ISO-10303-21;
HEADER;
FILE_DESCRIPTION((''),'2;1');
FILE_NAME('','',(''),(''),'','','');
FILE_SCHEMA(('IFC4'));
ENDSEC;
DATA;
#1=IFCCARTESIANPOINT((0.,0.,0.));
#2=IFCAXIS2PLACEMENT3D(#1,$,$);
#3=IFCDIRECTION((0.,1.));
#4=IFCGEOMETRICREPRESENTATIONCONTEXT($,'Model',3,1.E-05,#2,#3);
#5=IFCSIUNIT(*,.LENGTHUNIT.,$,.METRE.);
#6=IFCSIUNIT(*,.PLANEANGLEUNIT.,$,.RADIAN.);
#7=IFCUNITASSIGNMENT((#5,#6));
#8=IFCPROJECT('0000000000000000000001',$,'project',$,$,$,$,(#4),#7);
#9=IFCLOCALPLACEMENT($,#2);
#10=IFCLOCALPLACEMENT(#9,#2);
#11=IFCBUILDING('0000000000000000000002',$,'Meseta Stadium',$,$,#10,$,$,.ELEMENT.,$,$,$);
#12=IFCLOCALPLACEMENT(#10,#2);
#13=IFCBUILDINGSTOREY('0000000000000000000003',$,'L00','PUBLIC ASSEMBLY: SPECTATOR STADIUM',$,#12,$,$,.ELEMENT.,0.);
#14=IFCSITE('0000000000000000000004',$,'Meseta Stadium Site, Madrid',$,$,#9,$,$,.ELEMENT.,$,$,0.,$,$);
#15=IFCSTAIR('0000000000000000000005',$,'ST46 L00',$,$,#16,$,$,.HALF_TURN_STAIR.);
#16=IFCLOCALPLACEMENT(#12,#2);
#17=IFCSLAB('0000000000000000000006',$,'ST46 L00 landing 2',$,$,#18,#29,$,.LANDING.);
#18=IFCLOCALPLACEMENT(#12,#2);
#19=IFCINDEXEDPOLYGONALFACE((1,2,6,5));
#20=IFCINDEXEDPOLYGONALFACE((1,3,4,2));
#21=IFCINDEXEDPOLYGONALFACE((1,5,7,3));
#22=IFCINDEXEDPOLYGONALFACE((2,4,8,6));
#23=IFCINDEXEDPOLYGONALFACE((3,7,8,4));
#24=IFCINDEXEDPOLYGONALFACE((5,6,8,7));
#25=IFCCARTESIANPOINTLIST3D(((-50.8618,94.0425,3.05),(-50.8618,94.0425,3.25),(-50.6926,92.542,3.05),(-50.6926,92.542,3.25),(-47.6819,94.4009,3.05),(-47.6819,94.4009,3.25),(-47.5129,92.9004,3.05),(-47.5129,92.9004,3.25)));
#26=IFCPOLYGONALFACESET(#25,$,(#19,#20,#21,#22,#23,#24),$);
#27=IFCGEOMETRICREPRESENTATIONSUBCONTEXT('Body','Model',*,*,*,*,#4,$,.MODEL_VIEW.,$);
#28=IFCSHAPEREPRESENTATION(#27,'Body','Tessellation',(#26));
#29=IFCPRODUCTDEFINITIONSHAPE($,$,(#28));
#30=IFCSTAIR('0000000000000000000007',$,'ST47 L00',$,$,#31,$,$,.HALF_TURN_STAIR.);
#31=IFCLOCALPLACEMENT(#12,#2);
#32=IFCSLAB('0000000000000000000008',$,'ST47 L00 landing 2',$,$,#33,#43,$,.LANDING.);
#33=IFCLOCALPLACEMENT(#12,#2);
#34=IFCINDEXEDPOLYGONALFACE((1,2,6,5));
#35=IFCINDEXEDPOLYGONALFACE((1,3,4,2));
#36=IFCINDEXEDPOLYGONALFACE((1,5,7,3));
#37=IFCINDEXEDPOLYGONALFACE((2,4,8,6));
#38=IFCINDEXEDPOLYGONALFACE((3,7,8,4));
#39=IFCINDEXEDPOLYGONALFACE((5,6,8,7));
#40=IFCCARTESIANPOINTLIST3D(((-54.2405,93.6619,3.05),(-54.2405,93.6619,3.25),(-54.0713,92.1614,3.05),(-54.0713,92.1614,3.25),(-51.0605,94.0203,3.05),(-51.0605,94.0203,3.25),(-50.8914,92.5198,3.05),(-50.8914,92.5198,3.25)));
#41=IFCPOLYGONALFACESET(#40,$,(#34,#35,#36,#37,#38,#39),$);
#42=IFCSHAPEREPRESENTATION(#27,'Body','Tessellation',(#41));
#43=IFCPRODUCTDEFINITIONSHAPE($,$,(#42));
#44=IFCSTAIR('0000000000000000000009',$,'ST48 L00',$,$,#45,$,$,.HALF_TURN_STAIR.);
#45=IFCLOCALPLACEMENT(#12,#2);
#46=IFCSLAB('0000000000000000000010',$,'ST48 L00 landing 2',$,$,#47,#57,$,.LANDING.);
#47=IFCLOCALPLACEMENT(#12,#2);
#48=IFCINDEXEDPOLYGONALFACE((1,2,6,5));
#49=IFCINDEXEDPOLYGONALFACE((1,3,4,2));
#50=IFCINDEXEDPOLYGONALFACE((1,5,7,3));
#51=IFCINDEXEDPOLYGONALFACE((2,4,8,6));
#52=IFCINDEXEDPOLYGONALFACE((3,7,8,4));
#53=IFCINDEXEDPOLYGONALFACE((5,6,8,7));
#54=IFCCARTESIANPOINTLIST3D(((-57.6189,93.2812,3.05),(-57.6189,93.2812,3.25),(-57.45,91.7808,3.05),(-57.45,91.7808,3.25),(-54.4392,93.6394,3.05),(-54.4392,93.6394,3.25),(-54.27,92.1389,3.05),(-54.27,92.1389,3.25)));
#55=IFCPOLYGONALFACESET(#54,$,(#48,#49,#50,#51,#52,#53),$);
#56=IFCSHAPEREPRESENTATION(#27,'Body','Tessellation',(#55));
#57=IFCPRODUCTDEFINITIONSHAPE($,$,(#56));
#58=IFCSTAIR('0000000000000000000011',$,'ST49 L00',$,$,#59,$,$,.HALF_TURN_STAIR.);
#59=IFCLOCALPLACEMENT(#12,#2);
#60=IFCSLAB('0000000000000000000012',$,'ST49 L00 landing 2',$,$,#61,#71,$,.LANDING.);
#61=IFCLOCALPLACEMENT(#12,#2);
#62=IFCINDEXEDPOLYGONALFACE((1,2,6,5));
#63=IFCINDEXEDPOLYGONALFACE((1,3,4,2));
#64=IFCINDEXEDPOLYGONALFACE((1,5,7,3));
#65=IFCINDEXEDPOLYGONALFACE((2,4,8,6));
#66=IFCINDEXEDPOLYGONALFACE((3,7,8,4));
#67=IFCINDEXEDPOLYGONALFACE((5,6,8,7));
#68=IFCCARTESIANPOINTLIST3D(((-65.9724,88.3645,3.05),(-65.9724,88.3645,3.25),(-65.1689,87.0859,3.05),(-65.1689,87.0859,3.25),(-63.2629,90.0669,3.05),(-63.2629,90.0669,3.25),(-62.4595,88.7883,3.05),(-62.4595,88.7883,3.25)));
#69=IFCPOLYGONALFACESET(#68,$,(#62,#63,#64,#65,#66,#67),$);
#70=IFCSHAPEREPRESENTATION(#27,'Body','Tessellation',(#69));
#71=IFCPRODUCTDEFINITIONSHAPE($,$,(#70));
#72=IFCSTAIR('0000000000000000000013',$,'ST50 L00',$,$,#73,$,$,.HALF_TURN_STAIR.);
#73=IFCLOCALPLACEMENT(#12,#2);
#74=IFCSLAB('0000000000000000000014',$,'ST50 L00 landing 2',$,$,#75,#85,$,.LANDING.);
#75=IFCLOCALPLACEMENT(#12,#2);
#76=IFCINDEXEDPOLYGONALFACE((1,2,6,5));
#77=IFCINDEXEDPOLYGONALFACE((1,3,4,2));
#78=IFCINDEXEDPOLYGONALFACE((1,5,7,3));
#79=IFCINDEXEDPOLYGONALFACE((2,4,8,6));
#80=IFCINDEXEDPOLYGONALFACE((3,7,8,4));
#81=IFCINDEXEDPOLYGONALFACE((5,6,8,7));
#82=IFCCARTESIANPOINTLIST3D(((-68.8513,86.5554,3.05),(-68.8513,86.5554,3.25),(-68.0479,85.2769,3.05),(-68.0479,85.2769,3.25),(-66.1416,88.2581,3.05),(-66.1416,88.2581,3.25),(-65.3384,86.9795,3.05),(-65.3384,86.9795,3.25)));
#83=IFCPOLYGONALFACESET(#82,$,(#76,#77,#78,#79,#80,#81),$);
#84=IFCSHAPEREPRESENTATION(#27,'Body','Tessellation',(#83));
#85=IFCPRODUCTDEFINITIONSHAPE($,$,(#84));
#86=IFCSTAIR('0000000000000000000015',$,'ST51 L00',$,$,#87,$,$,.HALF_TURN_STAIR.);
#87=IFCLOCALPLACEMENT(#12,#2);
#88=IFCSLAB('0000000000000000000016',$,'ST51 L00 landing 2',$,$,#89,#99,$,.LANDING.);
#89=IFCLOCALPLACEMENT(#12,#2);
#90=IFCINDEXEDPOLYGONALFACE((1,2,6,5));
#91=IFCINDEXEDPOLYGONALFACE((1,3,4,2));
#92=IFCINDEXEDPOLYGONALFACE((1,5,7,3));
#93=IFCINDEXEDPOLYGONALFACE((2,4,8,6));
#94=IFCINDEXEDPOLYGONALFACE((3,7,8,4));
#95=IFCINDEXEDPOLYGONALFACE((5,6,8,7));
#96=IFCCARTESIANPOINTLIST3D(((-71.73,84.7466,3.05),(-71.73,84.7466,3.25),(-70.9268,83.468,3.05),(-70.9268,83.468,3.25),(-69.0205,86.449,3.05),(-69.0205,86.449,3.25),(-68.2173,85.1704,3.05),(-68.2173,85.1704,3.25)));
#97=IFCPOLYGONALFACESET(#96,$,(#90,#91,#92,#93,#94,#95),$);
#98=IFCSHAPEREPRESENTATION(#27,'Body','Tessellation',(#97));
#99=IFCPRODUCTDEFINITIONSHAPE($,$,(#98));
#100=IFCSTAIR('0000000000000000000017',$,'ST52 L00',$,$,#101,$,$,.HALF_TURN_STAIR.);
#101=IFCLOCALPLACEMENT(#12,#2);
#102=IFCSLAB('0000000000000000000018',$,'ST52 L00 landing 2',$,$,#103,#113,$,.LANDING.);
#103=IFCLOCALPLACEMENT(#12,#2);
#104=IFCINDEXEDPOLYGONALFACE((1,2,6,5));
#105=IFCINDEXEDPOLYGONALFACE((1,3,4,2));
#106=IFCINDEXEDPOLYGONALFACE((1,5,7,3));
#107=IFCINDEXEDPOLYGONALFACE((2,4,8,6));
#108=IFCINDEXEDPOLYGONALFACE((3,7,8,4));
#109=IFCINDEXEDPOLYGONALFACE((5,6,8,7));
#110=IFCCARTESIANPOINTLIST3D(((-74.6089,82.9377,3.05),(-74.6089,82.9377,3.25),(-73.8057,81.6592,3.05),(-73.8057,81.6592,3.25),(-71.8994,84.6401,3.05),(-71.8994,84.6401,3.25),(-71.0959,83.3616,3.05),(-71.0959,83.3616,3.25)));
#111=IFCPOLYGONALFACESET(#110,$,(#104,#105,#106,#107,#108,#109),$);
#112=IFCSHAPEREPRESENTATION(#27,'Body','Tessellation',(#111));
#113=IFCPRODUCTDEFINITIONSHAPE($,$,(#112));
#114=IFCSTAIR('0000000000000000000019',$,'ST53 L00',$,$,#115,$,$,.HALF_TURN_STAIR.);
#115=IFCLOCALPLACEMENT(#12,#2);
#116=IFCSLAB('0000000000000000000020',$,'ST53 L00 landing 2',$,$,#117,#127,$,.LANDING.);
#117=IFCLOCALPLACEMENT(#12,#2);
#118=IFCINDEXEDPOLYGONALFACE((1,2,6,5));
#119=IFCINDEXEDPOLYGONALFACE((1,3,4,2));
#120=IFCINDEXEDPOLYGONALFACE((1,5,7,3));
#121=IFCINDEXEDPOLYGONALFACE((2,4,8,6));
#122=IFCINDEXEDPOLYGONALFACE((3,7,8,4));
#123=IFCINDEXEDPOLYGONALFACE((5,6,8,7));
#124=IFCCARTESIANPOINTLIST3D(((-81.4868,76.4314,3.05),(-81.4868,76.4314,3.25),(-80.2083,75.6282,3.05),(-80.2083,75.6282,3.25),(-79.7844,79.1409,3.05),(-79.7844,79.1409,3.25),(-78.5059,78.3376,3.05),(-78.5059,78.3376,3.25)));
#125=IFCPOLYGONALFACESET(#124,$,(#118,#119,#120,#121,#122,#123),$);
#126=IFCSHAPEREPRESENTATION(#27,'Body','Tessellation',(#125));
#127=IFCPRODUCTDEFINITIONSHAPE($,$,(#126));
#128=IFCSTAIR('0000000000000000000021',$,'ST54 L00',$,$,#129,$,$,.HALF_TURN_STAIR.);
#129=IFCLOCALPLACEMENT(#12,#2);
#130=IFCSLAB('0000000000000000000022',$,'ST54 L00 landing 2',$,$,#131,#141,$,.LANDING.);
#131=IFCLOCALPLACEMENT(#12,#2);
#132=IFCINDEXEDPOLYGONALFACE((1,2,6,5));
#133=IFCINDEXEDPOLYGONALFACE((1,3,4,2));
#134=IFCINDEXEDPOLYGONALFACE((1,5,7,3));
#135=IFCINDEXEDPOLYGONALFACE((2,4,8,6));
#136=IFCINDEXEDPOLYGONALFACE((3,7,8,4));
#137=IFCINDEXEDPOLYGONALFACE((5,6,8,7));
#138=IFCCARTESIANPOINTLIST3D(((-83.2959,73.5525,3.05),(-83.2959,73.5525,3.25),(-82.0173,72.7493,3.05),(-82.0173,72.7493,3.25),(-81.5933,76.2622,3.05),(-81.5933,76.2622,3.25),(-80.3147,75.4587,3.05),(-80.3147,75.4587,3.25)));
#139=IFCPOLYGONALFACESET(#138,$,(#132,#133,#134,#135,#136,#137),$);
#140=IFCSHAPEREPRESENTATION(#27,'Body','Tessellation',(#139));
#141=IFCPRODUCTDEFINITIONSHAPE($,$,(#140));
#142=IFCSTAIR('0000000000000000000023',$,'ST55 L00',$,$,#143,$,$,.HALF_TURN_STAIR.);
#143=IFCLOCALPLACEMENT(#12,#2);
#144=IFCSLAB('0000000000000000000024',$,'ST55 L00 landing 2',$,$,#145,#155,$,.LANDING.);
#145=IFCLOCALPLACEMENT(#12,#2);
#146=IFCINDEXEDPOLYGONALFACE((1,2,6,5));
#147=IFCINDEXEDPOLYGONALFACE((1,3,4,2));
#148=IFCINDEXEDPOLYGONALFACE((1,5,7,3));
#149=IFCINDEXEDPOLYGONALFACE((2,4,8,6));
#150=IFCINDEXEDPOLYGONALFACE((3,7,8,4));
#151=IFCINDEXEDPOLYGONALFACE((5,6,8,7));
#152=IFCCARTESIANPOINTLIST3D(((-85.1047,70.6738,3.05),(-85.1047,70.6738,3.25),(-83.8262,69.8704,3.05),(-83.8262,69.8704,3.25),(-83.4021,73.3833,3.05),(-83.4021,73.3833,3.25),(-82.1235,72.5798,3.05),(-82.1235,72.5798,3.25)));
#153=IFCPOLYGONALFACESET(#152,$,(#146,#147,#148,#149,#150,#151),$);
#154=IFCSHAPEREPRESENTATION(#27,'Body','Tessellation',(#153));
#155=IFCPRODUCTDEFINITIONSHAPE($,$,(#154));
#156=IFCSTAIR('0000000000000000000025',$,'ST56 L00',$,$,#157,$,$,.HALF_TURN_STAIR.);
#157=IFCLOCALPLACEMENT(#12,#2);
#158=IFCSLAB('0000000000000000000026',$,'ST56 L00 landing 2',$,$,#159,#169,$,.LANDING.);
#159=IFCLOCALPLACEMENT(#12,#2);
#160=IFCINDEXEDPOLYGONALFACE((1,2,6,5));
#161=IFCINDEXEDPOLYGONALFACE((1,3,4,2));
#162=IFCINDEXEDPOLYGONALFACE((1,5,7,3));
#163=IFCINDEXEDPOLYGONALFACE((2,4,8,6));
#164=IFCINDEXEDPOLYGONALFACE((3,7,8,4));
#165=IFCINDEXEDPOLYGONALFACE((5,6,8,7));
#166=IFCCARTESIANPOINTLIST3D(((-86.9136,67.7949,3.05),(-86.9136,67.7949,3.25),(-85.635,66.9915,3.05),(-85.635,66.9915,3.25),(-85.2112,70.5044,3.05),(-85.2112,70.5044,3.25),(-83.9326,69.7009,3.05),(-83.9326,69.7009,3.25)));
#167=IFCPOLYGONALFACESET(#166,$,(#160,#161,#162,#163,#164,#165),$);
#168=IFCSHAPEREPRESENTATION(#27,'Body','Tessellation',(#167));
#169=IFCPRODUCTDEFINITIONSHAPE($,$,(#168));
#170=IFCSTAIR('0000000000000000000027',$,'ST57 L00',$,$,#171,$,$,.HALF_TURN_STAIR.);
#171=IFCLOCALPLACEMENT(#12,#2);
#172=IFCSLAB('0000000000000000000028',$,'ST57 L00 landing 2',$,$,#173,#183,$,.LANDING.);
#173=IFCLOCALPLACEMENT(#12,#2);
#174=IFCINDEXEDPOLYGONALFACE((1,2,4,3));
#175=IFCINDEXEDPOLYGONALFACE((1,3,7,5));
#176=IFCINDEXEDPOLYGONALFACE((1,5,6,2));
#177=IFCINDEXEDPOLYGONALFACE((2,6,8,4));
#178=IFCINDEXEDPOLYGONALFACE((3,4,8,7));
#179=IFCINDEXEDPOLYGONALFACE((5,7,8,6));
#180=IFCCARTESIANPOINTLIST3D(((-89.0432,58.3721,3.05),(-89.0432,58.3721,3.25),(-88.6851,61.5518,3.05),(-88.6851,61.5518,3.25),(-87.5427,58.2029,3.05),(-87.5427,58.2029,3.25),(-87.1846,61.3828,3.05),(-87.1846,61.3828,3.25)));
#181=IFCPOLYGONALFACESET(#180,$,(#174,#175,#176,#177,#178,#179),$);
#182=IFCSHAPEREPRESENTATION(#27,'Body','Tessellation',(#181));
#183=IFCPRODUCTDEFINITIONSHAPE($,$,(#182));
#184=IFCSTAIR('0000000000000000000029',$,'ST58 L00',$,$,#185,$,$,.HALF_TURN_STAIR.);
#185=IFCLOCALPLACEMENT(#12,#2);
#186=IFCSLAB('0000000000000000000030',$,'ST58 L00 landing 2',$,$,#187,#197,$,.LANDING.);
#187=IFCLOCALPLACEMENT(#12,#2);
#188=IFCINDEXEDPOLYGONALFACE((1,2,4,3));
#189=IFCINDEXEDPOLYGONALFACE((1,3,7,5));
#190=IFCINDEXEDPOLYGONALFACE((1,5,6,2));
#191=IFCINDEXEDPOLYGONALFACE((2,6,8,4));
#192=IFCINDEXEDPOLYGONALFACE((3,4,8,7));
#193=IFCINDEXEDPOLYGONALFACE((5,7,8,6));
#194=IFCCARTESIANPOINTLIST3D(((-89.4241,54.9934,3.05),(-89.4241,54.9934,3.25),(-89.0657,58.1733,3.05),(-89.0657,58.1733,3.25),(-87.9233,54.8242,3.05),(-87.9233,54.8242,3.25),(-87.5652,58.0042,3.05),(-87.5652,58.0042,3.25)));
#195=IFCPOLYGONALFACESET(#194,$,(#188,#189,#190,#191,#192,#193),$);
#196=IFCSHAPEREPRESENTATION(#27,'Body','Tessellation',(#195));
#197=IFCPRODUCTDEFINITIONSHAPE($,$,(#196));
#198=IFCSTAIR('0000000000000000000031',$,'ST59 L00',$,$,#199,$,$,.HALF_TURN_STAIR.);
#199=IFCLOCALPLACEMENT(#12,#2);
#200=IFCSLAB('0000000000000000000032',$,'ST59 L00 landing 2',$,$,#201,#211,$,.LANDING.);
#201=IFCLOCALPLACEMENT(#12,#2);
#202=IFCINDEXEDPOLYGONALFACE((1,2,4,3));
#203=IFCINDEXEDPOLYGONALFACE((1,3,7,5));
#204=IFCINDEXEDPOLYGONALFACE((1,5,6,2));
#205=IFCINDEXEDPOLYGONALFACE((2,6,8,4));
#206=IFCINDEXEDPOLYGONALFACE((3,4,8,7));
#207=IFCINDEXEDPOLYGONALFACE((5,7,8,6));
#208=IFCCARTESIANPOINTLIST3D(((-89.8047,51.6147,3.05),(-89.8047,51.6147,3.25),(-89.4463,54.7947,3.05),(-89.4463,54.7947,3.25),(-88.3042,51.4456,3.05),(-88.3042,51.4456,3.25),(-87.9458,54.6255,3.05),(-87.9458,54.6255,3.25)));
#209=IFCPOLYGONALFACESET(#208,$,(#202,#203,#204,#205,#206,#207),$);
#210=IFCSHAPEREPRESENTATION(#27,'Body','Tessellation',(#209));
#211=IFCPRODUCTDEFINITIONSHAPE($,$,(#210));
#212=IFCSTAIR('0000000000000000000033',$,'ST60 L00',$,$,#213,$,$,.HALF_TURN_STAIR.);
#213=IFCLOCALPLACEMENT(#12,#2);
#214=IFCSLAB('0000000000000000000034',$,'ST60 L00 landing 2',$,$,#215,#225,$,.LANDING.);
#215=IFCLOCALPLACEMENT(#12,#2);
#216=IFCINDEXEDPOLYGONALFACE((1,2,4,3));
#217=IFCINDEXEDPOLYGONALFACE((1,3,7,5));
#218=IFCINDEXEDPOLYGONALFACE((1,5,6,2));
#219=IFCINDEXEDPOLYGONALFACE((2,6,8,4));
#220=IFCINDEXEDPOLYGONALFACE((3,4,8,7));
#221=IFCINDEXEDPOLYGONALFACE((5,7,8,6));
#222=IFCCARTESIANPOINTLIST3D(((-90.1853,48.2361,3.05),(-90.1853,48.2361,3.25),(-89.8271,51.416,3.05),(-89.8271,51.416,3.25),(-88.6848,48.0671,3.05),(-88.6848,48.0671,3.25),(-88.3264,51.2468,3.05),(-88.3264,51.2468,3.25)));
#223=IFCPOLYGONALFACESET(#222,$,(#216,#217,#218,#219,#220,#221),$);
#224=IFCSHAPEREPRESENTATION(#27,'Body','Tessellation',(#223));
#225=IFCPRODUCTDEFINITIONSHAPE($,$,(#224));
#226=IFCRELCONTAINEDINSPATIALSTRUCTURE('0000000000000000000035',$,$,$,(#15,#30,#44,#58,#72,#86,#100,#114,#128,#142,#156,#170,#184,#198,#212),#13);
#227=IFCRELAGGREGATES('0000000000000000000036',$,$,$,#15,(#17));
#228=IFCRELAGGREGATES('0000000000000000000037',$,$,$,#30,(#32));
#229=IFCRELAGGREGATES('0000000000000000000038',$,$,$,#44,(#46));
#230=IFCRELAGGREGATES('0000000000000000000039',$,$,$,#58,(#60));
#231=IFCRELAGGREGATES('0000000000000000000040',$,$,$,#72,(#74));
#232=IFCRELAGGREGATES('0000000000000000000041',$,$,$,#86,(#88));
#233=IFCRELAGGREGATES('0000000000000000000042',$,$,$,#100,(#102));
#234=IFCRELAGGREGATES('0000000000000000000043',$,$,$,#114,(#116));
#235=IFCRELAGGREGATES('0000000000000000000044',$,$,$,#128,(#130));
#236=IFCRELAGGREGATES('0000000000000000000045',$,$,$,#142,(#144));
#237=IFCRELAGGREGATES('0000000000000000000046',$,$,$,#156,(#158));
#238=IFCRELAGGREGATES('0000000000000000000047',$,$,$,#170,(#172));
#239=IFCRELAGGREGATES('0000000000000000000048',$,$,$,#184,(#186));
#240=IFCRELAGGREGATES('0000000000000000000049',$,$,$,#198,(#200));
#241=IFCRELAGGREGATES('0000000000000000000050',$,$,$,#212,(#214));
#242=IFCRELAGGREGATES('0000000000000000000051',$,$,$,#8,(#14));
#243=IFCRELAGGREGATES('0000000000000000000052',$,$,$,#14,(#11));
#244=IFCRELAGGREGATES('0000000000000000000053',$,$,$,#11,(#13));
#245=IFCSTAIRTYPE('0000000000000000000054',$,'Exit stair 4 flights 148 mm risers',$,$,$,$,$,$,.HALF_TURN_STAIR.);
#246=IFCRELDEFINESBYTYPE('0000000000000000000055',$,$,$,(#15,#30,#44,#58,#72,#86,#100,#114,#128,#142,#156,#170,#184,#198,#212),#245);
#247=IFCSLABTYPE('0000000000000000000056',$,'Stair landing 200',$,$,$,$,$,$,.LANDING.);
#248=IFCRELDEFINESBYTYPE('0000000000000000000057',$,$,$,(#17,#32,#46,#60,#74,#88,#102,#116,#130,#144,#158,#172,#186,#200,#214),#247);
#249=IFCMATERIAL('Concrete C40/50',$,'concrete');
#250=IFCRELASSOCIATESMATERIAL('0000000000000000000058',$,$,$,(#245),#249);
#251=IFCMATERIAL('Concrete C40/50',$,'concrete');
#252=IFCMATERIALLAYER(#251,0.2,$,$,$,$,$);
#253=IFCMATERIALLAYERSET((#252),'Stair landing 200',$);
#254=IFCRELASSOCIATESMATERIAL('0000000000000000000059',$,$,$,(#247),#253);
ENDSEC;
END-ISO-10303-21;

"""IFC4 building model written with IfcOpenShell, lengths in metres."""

from ifc_helpers import new_model, si_unit, direction, frame, origin, place, context, subcontext, project, spatial, polyline, outline, extrude, material, layer, layer_set, type_object, element, aggregate, save


model = new_model("IFC4")

# Units and contexts
model_context = context("Model", 3, precision=1e-05, world=origin(), true_north=direction((0.0, 1.0)))
body_context = subcontext(model_context, "Body", "Model", "MODEL_VIEW")
ifc_project = project(units=[si_unit("LENGTHUNIT", "METRE"), si_unit("PLANEANGLEUNIT", "RADIAN")], contexts=[model_context])

# Site, building, storey
site_placement = place(None, origin())
site = spatial("IfcSite", under=ifc_project, at=site_placement, Name="Meseta Stadium Site, Madrid", CompositionType="ELEMENT", RefElevation=0.0)
building_placement = place(site_placement, origin())
building = spatial("IfcBuilding", under=site, at=building_placement, Name="Meseta Stadium", CompositionType="ELEMENT")
storey_placement = place(building_placement, origin())
storey = spatial("IfcBuildingStorey", under=building, at=storey_placement, Name="L00", Description="PUBLIC ASSEMBLY: SPECTATOR STADIUM", CompositionType="ELEMENT", Elevation=0.0)

# Stairs, slabs
ifc_material_1 = material(Name="Concrete C40/50", Category="concrete")
stair_type = type_object("IfcStairType", Name="Exit stair 4 flights 148 mm risers", PredefinedType="HALF_TURN_STAIR", material=ifc_material_1)
stair_1_placement = place(storey_placement, origin())
stair_1 = element("IfcStair", 1, at=stair_1_placement, inside=storey, type_object=stair_type, Name="ST46 L00", PredefinedType="HALF_TURN_STAIR")
ifc_material_2 = material(Name="Concrete C40/50", Category="concrete")
ifc_layer = layer(ifc_material_2, 0.2)
ifc_layer_set = layer_set([ifc_layer], Name="Stair landing 200")
slab_type = type_object("IfcSlabType", Name="Stair landing 200", PredefinedType="LANDING", material=ifc_layer_set)
slab_1_placement = place(storey_placement, frame((0.0, 0.0, 3.05)))
slab_1 = element("IfcSlab", 2, at=slab_1_placement, type_object=slab_type, Name="ST46 L00 landing 2", PredefinedType="LANDING", context=body_context, shape_type="SweptSolid", body=[
    extrude(outline(polyline([(-47.5129, 92.9004), (-47.6819, 94.4009), (-50.8618, 94.0425), (-50.6926, 92.542), (-47.5129, 92.9004)])), origin(), (0.0, 0.0, 1.0), 0.2),
])
aggregate(stair_1, [slab_1])
stair_2_placement = place(storey_placement, origin())
stair_2 = element("IfcStair", 3, at=stair_2_placement, inside=storey, type_object=stair_type, Name="ST47 L00", PredefinedType="HALF_TURN_STAIR")
slab_2_placement = place(storey_placement, frame((0.0, 0.0, 3.05)))
slab_2 = element("IfcSlab", 4, at=slab_2_placement, type_object=slab_type, Name="ST47 L00 landing 2", PredefinedType="LANDING", context=body_context, shape_type="SweptSolid", body=[
    extrude(outline(polyline([(-50.8914, 92.5198), (-51.0605, 94.0203), (-54.2405, 93.6619), (-54.0713, 92.1614), (-50.8914, 92.5198)])), origin(), (0.0, 0.0, 1.0), 0.2),
])
aggregate(stair_2, [slab_2])
stair_3_placement = place(storey_placement, origin())
stair_3 = element("IfcStair", 5, at=stair_3_placement, inside=storey, type_object=stair_type, Name="ST48 L00", PredefinedType="HALF_TURN_STAIR")
slab_3_placement = place(storey_placement, frame((0.0, 0.0, 3.05)))
slab_3 = element("IfcSlab", 6, at=slab_3_placement, type_object=slab_type, Name="ST48 L00 landing 2", PredefinedType="LANDING", context=body_context, shape_type="SweptSolid", body=[
    extrude(outline(polyline([(-54.27, 92.1389), (-54.4392, 93.6394), (-57.6189, 93.2812), (-57.45, 91.7808), (-54.27, 92.1389)])), origin(), (0.0, 0.0, 1.0), 0.2),
])
aggregate(stair_3, [slab_3])
stair_4_placement = place(storey_placement, origin())
stair_4 = element("IfcStair", 7, at=stair_4_placement, inside=storey, type_object=stair_type, Name="ST49 L00", PredefinedType="HALF_TURN_STAIR")
slab_4_placement = place(storey_placement, frame((0.0, 0.0, 3.05)))
slab_4 = element("IfcSlab", 8, at=slab_4_placement, type_object=slab_type, Name="ST49 L00 landing 2", PredefinedType="LANDING", context=body_context, shape_type="SweptSolid", body=[
    extrude(outline(polyline([(-62.4595, 88.7883), (-63.2629, 90.0669), (-65.9724, 88.3645), (-65.1689, 87.0859), (-62.4595, 88.7883)])), origin(), (0.0, 0.0, 1.0), 0.2),
])
aggregate(stair_4, [slab_4])
stair_5_placement = place(storey_placement, origin())
stair_5 = element("IfcStair", 9, at=stair_5_placement, inside=storey, type_object=stair_type, Name="ST50 L00", PredefinedType="HALF_TURN_STAIR")
slab_5_placement = place(storey_placement, frame((0.0, 0.0, 3.05)))
slab_5 = element("IfcSlab", 10, at=slab_5_placement, type_object=slab_type, Name="ST50 L00 landing 2", PredefinedType="LANDING", context=body_context, shape_type="SweptSolid", body=[
    extrude(outline(polyline([(-65.3384, 86.9795), (-66.1416, 88.2581), (-68.8513, 86.5554), (-68.0479, 85.2769), (-65.3384, 86.9795)])), origin(), (0.0, 0.0, 1.0), 0.2),
])
aggregate(stair_5, [slab_5])
stair_6_placement = place(storey_placement, origin())
stair_6 = element("IfcStair", 11, at=stair_6_placement, inside=storey, type_object=stair_type, Name="ST51 L00", PredefinedType="HALF_TURN_STAIR")
slab_6_placement = place(storey_placement, frame((0.0, 0.0, 3.05)))
slab_6 = element("IfcSlab", 12, at=slab_6_placement, type_object=slab_type, Name="ST51 L00 landing 2", PredefinedType="LANDING", context=body_context, shape_type="SweptSolid", body=[
    extrude(outline(polyline([(-68.2173, 85.1704), (-69.0205, 86.449), (-71.73, 84.7466), (-70.9268, 83.468), (-68.2173, 85.1704)])), origin(), (0.0, 0.0, 1.0), 0.2),
])
aggregate(stair_6, [slab_6])
stair_7_placement = place(storey_placement, origin())
stair_7 = element("IfcStair", 13, at=stair_7_placement, inside=storey, type_object=stair_type, Name="ST52 L00", PredefinedType="HALF_TURN_STAIR")
slab_7_placement = place(storey_placement, frame((0.0, 0.0, 3.05)))
slab_7 = element("IfcSlab", 14, at=slab_7_placement, type_object=slab_type, Name="ST52 L00 landing 2", PredefinedType="LANDING", context=body_context, shape_type="SweptSolid", body=[
    extrude(outline(polyline([(-71.0959, 83.3616), (-71.8994, 84.6401), (-74.6089, 82.9377), (-73.8057, 81.6592), (-71.0959, 83.3616)])), origin(), (0.0, 0.0, 1.0), 0.2),
])
aggregate(stair_7, [slab_7])
stair_8_placement = place(storey_placement, origin())
stair_8 = element("IfcStair", 15, at=stair_8_placement, inside=storey, type_object=stair_type, Name="ST53 L00", PredefinedType="HALF_TURN_STAIR")
slab_8_placement = place(storey_placement, frame((0.0, 0.0, 3.05)))
slab_8 = element("IfcSlab", 16, at=slab_8_placement, type_object=slab_type, Name="ST53 L00 landing 2", PredefinedType="LANDING", context=body_context, shape_type="SweptSolid", body=[
    extrude(outline(polyline([(-78.5059, 78.3376), (-79.7844, 79.1409), (-81.4868, 76.4314), (-80.2083, 75.6282), (-78.5059, 78.3376)])), origin(), (0.0, 0.0, 1.0), 0.2),
])
aggregate(stair_8, [slab_8])
stair_9_placement = place(storey_placement, origin())
stair_9 = element("IfcStair", 17, at=stair_9_placement, inside=storey, type_object=stair_type, Name="ST54 L00", PredefinedType="HALF_TURN_STAIR")
slab_9_placement = place(storey_placement, frame((0.0, 0.0, 3.05)))
slab_9 = element("IfcSlab", 18, at=slab_9_placement, type_object=slab_type, Name="ST54 L00 landing 2", PredefinedType="LANDING", context=body_context, shape_type="SweptSolid", body=[
    extrude(outline(polyline([(-80.3147, 75.4587), (-81.5933, 76.2622), (-83.2959, 73.5525), (-82.0173, 72.7493), (-80.3147, 75.4587)])), origin(), (0.0, 0.0, 1.0), 0.2),
])
aggregate(stair_9, [slab_9])
stair_10_placement = place(storey_placement, origin())
stair_10 = element("IfcStair", 19, at=stair_10_placement, inside=storey, type_object=stair_type, Name="ST55 L00", PredefinedType="HALF_TURN_STAIR")
slab_10_placement = place(storey_placement, frame((0.0, 0.0, 3.05)))
slab_10 = element("IfcSlab", 20, at=slab_10_placement, type_object=slab_type, Name="ST55 L00 landing 2", PredefinedType="LANDING", context=body_context, shape_type="SweptSolid", body=[
    extrude(outline(polyline([(-82.1235, 72.5798), (-83.4021, 73.3833), (-85.1047, 70.6738), (-83.8262, 69.8704), (-82.1235, 72.5798)])), origin(), (0.0, 0.0, 1.0), 0.2),
])
aggregate(stair_10, [slab_10])
stair_11_placement = place(storey_placement, origin())
stair_11 = element("IfcStair", 21, at=stair_11_placement, inside=storey, type_object=stair_type, Name="ST56 L00", PredefinedType="HALF_TURN_STAIR")
slab_11_placement = place(storey_placement, frame((0.0, 0.0, 3.05)))
slab_11 = element("IfcSlab", 22, at=slab_11_placement, type_object=slab_type, Name="ST56 L00 landing 2", PredefinedType="LANDING", context=body_context, shape_type="SweptSolid", body=[
    extrude(outline(polyline([(-83.9326, 69.7009), (-85.2112, 70.5044), (-86.9136, 67.7949), (-85.635, 66.9915), (-83.9326, 69.7009)])), origin(), (0.0, 0.0, 1.0), 0.2),
])
aggregate(stair_11, [slab_11])
stair_12_placement = place(storey_placement, origin())
stair_12 = element("IfcStair", 23, at=stair_12_placement, inside=storey, type_object=stair_type, Name="ST57 L00", PredefinedType="HALF_TURN_STAIR")
slab_12_placement = place(storey_placement, frame((0.0, 0.0, 3.05)))
slab_12 = element("IfcSlab", 24, at=slab_12_placement, type_object=slab_type, Name="ST57 L00 landing 2", PredefinedType="LANDING", context=body_context, shape_type="SweptSolid", body=[
    extrude(outline(polyline([(-87.1846, 61.3828), (-88.6851, 61.5518), (-89.0432, 58.3721), (-87.5427, 58.2029), (-87.1846, 61.3828)])), origin(), (0.0, 0.0, 1.0), 0.2),
])
aggregate(stair_12, [slab_12])
stair_13_placement = place(storey_placement, origin())
stair_13 = element("IfcStair", 25, at=stair_13_placement, inside=storey, type_object=stair_type, Name="ST58 L00", PredefinedType="HALF_TURN_STAIR")
slab_13_placement = place(storey_placement, frame((0.0, 0.0, 3.05)))
slab_13 = element("IfcSlab", 26, at=slab_13_placement, type_object=slab_type, Name="ST58 L00 landing 2", PredefinedType="LANDING", context=body_context, shape_type="SweptSolid", body=[
    extrude(outline(polyline([(-87.5652, 58.0042), (-89.0657, 58.1733), (-89.4241, 54.9934), (-87.9233, 54.8242), (-87.5652, 58.0042)])), origin(), (0.0, 0.0, 1.0), 0.2),
])
aggregate(stair_13, [slab_13])
stair_14_placement = place(storey_placement, origin())
stair_14 = element("IfcStair", 27, at=stair_14_placement, inside=storey, type_object=stair_type, Name="ST59 L00", PredefinedType="HALF_TURN_STAIR")
slab_14_placement = place(storey_placement, frame((0.0, 0.0, 3.05)))
slab_14 = element("IfcSlab", 28, at=slab_14_placement, type_object=slab_type, Name="ST59 L00 landing 2", PredefinedType="LANDING", context=body_context, shape_type="SweptSolid", body=[
    extrude(outline(polyline([(-87.9458, 54.6255), (-89.4463, 54.7947), (-89.8047, 51.6147), (-88.3042, 51.4456), (-87.9458, 54.6255)])), origin(), (0.0, 0.0, 1.0), 0.2),
])
aggregate(stair_14, [slab_14])
stair_15_placement = place(storey_placement, origin())
stair_15 = element("IfcStair", 29, at=stair_15_placement, inside=storey, type_object=stair_type, Name="ST60 L00", PredefinedType="HALF_TURN_STAIR")
slab_15_placement = place(storey_placement, frame((0.0, 0.0, 3.05)))
slab_15 = element("IfcSlab", 30, at=slab_15_placement, type_object=slab_type, Name="ST60 L00 landing 2", PredefinedType="LANDING", context=body_context, shape_type="SweptSolid", body=[
    extrude(outline(polyline([(-88.3264, 51.2468), (-89.8271, 51.416), (-90.1853, 48.2361), (-88.6848, 48.0671), (-88.3264, 51.2468)])), origin(), (0.0, 0.0, 1.0), 0.2),
])
aggregate(stair_15, [slab_15])

save(model, "model.ifc")
